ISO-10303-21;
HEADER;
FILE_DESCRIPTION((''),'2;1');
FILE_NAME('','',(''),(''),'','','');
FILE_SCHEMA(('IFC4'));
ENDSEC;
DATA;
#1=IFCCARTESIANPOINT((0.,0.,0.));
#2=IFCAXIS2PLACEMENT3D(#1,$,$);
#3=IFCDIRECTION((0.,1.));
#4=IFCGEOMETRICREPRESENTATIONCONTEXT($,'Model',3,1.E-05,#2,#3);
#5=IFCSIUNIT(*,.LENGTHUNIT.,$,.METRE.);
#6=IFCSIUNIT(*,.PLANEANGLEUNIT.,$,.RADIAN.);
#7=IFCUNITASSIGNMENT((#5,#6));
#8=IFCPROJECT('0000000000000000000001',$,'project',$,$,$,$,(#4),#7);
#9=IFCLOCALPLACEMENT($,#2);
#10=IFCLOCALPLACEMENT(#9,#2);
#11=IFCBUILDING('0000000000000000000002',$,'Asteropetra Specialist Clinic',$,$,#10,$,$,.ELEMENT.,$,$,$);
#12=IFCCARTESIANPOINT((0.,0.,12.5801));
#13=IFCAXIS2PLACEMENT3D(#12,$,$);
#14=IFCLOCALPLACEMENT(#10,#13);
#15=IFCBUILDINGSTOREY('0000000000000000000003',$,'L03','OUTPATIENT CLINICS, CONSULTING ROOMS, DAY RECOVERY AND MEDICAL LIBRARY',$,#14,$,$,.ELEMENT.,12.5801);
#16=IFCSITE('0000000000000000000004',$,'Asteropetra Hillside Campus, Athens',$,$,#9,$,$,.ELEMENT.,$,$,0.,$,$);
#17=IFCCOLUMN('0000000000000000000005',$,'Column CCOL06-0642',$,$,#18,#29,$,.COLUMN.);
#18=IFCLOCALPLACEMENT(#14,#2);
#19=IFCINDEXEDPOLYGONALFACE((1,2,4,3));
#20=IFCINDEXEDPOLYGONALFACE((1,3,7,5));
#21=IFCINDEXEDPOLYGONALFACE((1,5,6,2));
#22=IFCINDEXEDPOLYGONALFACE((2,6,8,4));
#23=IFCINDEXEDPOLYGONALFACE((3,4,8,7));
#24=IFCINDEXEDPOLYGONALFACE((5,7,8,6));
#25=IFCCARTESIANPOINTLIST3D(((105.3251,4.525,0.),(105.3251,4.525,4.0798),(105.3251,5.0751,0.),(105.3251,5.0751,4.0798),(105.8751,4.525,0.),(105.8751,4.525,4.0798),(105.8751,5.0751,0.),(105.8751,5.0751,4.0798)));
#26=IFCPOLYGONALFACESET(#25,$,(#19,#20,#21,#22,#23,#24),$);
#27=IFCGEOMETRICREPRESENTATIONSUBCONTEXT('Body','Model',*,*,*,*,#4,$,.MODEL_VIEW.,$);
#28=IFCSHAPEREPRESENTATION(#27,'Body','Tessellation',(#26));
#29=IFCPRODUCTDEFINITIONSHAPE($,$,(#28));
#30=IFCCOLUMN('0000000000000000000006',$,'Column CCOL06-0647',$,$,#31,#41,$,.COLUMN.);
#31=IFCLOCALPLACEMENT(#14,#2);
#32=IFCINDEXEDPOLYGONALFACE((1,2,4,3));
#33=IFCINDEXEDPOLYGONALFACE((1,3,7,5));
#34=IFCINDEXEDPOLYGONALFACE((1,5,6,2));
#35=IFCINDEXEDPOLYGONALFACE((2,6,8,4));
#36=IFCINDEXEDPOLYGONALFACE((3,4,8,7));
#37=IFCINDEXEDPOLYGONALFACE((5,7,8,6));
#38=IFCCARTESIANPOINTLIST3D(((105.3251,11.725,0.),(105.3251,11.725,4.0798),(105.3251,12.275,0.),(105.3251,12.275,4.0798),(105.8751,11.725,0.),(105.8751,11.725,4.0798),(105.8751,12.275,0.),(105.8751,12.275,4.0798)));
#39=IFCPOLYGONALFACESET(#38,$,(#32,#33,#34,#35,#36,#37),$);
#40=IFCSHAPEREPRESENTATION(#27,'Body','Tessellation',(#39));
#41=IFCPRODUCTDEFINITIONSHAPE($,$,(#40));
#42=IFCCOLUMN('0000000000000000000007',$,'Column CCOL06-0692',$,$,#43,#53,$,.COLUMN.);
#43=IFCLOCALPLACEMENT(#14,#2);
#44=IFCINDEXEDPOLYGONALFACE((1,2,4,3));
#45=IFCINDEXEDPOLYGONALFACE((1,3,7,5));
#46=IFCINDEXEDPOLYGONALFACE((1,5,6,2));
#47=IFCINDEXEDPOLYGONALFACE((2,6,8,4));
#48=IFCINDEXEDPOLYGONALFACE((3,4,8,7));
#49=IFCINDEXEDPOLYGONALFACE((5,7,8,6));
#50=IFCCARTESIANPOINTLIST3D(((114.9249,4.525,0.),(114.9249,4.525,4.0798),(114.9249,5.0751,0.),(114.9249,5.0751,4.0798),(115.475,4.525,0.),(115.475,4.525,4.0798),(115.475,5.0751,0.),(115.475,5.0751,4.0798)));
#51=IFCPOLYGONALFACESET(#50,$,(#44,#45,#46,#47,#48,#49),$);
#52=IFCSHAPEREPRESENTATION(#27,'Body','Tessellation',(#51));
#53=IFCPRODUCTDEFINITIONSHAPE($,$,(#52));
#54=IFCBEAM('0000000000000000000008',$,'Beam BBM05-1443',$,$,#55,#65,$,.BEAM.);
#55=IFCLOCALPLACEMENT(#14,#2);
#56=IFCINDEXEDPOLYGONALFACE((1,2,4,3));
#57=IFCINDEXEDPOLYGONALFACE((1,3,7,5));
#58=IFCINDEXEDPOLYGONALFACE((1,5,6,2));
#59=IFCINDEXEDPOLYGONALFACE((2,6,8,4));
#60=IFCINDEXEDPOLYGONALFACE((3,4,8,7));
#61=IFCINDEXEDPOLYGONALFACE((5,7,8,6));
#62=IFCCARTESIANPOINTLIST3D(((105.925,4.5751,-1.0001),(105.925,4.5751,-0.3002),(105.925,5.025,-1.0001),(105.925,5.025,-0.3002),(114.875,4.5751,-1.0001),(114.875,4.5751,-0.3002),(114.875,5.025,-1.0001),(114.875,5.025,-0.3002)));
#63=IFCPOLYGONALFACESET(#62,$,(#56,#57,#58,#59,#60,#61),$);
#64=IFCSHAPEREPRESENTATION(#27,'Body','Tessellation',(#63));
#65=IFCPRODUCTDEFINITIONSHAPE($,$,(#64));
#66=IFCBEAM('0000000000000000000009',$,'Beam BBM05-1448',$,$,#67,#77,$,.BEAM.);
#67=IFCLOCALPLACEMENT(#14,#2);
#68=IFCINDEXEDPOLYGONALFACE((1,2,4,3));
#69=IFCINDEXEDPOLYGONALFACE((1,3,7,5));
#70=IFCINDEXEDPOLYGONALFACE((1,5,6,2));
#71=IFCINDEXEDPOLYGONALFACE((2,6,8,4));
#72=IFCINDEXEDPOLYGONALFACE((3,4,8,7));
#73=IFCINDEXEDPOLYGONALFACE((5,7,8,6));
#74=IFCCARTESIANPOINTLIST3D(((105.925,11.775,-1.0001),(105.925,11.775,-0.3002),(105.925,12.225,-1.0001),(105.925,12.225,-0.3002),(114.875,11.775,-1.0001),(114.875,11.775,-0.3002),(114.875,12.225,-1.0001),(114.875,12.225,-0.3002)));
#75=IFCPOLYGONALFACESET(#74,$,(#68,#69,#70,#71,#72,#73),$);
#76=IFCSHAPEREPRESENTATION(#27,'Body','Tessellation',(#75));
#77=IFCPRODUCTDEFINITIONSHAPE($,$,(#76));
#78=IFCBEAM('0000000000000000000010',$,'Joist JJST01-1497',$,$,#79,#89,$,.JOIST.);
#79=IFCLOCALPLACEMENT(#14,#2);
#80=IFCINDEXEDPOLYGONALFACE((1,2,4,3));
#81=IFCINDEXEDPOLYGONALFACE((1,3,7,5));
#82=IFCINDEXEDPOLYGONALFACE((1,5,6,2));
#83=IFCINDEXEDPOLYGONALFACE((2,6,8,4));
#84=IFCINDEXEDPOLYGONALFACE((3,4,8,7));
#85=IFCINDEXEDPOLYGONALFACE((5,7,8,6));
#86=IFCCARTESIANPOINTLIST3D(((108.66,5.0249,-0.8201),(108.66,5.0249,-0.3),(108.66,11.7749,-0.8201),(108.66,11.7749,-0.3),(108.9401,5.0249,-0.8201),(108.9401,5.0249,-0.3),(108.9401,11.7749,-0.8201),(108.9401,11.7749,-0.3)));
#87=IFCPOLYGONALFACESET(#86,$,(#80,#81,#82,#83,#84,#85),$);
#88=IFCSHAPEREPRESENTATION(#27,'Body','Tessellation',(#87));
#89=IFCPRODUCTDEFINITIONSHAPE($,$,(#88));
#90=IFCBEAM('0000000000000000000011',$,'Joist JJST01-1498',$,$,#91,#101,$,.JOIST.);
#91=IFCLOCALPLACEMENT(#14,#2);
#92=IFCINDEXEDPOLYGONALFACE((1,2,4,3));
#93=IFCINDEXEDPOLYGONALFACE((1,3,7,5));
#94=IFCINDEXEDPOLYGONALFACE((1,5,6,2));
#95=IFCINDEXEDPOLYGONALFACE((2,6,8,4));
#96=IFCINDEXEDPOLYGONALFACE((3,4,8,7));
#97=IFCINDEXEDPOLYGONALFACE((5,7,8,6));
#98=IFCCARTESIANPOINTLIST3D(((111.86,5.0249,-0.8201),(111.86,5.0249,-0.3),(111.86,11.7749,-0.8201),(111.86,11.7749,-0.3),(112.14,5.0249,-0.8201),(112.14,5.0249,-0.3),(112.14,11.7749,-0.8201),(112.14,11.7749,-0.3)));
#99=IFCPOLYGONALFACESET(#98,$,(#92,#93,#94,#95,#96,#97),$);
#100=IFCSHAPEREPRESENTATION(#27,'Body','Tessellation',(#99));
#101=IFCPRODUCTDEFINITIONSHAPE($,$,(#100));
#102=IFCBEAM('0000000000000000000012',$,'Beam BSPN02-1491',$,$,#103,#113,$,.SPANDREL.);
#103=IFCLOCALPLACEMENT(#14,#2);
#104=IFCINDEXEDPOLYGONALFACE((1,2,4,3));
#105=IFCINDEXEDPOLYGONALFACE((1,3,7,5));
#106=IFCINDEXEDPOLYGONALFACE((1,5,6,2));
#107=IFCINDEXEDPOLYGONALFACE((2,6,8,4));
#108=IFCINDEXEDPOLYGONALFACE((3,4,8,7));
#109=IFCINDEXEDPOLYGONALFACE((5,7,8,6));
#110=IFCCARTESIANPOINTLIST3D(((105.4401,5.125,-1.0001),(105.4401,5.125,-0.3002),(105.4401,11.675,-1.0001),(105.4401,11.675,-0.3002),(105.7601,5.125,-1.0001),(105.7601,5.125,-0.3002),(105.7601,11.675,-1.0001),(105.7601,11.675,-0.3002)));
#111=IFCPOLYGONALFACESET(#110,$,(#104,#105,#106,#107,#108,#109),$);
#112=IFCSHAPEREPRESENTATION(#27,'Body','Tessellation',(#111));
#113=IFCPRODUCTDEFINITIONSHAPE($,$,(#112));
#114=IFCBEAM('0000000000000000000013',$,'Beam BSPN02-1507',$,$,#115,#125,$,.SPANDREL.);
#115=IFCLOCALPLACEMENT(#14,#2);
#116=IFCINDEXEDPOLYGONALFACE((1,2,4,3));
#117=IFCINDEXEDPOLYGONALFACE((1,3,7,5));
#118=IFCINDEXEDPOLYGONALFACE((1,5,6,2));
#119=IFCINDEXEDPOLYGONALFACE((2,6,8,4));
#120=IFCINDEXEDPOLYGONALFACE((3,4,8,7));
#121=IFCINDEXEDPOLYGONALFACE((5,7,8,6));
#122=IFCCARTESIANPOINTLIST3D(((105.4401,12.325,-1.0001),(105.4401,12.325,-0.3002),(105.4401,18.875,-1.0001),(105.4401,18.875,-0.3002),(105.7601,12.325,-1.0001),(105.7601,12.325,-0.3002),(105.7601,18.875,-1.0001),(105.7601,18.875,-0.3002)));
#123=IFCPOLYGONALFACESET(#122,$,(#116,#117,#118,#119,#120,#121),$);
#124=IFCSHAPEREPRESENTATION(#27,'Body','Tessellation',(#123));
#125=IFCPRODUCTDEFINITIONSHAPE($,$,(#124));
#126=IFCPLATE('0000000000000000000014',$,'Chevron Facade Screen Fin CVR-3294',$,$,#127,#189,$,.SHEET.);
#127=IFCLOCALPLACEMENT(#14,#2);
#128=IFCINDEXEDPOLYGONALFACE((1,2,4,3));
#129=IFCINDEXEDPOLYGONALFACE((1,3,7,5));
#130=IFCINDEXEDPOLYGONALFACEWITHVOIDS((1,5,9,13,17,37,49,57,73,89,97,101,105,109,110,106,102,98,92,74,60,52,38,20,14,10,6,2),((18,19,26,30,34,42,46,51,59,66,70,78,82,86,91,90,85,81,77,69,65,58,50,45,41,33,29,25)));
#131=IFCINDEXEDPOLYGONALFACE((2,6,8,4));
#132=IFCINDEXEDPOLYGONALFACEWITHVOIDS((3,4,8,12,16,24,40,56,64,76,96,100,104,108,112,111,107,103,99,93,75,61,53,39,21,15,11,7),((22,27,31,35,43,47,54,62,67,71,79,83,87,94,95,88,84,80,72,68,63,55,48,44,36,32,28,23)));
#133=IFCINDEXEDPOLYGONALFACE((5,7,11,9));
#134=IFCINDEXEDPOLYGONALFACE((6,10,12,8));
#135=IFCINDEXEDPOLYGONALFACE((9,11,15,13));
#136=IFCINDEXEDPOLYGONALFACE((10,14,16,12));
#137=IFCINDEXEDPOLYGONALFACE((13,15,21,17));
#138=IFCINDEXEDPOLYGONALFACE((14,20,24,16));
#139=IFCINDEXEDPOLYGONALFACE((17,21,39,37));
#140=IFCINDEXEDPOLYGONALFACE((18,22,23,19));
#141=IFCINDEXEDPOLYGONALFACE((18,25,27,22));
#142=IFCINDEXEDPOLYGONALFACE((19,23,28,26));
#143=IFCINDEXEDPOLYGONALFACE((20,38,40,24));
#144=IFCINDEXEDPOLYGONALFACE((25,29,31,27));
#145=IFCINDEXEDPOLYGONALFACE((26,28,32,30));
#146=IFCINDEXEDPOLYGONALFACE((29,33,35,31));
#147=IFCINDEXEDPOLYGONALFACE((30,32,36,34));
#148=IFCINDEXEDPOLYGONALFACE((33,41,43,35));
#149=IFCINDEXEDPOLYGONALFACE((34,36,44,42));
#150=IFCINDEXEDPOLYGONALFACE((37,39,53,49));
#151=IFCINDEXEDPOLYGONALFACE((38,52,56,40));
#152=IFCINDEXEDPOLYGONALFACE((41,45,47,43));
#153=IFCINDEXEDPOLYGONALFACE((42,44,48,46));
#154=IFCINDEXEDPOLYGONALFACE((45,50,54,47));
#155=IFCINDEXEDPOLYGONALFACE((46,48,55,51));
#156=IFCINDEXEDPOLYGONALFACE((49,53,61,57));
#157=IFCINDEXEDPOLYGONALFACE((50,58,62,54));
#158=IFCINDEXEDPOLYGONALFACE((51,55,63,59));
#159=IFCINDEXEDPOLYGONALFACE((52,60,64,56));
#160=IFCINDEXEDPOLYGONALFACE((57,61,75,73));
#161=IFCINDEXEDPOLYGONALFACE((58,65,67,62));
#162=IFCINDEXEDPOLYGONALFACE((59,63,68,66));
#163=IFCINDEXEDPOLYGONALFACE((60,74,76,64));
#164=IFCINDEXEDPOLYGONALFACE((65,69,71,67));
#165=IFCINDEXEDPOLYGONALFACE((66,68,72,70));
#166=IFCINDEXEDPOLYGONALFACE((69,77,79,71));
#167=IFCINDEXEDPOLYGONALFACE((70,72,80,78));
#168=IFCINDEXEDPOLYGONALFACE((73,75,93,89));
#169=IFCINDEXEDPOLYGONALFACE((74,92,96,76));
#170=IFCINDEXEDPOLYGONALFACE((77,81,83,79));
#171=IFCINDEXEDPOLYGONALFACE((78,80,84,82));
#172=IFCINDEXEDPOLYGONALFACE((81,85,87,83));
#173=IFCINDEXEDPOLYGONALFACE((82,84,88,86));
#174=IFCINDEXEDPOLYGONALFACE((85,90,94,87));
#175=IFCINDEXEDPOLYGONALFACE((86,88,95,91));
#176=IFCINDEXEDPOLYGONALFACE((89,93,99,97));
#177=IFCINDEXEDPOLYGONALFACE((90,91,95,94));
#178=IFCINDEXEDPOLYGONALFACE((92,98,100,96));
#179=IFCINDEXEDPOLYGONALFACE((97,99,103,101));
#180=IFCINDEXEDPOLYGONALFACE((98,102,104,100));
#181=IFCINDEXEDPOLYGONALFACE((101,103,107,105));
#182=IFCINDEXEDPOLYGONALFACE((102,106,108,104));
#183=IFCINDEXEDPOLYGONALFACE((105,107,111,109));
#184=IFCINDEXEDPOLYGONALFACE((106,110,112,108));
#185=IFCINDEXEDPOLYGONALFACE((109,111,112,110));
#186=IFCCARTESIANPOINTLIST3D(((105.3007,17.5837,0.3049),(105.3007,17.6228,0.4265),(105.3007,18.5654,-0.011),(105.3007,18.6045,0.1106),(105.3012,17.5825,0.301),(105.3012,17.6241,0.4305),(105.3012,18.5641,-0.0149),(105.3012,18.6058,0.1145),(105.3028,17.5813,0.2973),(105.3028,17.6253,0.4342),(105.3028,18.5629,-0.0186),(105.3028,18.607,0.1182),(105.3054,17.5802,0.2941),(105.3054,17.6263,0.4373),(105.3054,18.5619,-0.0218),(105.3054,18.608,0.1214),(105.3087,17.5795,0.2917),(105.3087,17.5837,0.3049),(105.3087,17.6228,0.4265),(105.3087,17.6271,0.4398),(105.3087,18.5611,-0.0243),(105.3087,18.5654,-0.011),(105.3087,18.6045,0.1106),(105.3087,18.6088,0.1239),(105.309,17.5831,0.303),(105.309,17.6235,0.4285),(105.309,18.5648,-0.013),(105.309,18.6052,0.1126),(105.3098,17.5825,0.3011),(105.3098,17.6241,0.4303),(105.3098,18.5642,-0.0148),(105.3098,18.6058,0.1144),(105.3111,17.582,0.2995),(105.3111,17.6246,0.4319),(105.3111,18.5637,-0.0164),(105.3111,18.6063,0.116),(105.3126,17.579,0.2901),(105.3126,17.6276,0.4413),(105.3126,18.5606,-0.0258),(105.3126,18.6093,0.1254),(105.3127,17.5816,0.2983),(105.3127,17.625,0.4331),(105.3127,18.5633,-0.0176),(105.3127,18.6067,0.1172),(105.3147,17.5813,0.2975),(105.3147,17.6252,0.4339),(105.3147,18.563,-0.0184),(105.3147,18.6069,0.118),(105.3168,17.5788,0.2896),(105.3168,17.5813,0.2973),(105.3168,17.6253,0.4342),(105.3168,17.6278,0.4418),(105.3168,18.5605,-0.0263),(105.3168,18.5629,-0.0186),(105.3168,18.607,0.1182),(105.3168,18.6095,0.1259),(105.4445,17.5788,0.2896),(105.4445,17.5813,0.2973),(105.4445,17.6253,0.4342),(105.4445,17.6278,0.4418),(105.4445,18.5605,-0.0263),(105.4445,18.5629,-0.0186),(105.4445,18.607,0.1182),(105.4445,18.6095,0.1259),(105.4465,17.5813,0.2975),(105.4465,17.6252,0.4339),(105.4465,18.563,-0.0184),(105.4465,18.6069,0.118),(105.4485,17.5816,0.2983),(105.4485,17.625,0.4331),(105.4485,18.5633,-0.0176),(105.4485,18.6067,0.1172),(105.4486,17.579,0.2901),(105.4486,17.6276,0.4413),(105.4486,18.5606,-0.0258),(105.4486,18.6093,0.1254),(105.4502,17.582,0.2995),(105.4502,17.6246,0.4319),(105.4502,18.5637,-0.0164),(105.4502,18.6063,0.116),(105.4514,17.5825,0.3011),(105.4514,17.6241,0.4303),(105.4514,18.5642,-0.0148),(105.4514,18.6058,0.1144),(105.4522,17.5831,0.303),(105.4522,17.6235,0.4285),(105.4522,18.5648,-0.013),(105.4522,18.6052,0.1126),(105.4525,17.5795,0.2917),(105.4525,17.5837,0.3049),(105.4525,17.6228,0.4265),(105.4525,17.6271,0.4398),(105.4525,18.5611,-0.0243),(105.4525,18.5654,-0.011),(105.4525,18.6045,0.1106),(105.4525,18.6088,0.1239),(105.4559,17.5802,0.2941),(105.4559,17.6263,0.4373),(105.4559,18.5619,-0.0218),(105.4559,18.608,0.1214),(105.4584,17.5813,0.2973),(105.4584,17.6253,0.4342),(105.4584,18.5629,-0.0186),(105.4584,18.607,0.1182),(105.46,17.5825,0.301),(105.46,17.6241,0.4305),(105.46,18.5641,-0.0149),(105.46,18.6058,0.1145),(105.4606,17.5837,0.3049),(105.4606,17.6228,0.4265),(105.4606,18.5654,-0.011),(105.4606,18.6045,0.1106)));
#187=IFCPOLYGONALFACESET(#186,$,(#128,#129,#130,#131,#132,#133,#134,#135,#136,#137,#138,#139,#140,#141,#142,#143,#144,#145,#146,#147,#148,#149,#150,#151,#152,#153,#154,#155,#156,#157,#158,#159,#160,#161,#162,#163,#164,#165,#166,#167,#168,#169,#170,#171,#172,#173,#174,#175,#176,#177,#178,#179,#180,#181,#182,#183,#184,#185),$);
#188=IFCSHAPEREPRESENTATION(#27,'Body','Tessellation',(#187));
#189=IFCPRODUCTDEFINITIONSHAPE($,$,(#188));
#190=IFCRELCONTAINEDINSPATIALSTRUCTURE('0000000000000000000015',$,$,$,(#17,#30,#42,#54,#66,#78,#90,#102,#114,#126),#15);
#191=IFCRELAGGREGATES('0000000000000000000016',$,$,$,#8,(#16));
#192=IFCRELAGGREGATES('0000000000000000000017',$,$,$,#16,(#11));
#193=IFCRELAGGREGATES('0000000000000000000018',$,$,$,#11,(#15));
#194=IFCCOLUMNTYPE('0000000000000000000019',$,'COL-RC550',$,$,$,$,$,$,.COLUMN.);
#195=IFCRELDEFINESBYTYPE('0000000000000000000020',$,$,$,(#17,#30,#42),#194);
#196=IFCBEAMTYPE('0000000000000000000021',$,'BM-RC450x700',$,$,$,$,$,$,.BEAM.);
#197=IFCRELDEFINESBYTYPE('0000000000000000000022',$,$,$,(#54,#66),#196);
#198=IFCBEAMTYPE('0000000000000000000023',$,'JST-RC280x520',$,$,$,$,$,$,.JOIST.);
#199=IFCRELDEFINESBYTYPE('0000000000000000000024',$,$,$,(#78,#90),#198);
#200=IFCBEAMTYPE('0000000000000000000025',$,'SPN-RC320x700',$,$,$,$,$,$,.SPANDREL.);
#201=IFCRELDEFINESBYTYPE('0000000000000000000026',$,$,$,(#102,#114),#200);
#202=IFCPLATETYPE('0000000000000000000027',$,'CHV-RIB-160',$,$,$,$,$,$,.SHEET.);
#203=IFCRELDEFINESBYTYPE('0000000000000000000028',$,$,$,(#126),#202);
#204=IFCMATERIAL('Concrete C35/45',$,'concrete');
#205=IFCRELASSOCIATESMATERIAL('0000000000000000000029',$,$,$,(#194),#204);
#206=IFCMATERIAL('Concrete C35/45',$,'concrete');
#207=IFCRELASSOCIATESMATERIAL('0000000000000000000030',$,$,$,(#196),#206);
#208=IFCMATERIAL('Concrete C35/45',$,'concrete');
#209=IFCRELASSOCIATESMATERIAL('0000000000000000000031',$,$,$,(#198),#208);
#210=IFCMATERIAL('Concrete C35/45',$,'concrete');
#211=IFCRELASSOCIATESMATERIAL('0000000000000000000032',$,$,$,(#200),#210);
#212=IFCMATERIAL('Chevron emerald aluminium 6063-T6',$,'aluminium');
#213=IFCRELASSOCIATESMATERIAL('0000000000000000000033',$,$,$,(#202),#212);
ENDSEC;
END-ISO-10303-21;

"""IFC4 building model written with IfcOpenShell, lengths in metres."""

from ifc_helpers import new_model, si_unit, direction, frame, origin, origin_2d, place, context, subcontext, project, spatial, rectangle, hollow_rectangle, extrude, material, material_profile, profile_set, type_object, element, save


model = new_model("IFC4")

# Units and contexts
model_context = context("Model", 3, precision=1e-05, world=origin(), true_north=direction((0.0, 1.0)))
body_context = subcontext(model_context, "Body", "Model", "MODEL_VIEW")
ifc_project = project(units=[si_unit("LENGTHUNIT", "METRE"), si_unit("PLANEANGLEUNIT", "RADIAN")], contexts=[model_context])

# Site, building, storey
site_placement = place(None, origin())
site = spatial("IfcSite", under=ifc_project, at=site_placement, Name="Asteropetra Hillside Campus, Athens", CompositionType="ELEMENT", RefElevation=0.0)
building_placement = place(site_placement, origin())
building = spatial("IfcBuilding", under=site, at=building_placement, Name="Asteropetra Specialist Clinic", CompositionType="ELEMENT")
storey_placement = place(building_placement, frame((0.0, 0.0, 12.5801)))
storey = spatial("IfcBuildingStorey", under=building, at=storey_placement, Name="L03", Description="OUTPATIENT CLINICS, CONSULTING ROOMS, DAY RECOVERY AND MEDICAL LIBRARY", CompositionType="ELEMENT", Elevation=12.5801)

# Columns
ifc_material_1 = material(Name="Concrete C35/45", Category="concrete")
ifc_material_profile_1 = material_profile(ifc_material_1, rectangle(XDim=0.55, YDim=0.55, at=origin_2d()), Name="RC 550x550")
ifc_profile_set_1 = profile_set([ifc_material_profile_1], Name="Concrete C35/45")
column_type = type_object("IfcColumnType", Name="COL-RC550", PredefinedType="COLUMN", material=ifc_profile_set_1)
for number, where, z_axis, x_axis, name in (
    (1, (105.6001, 4.8, 0.0), (0.0, 0.0, 1.0), (1.0, 0.0, 0.0), "Column CCOL06-0642"),
    (2, (105.6001, 12.0, 0.0), (0.0, 0.0, 1.0), (1.0, 0.0, 0.0), "Column CCOL06-0647"),
    (3, (115.2, 4.8, 0.0), (0.0, 0.0, 1.0), (1.0, 0.0, 0.0), "Column CCOL06-0692"),
):
    element("IfcColumn", number, at=place(storey_placement, frame(where, z_axis=z_axis, x_axis=x_axis)), inside=storey, type_object=column_type, Name=name, PredefinedType="COLUMN", context=body_context, shape_type="SweptSolid", body=[
        extrude(rectangle(XDim=0.55, YDim=0.55, at=origin_2d()), origin(), (0.0, 0.0, 1.0), 4.0798),
    ])

# Beams
ifc_material_2 = material(Name="Concrete C35/45", Category="concrete")
ifc_material_profile_2 = material_profile(ifc_material_2, rectangle(XDim=0.45, YDim=0.7, at=origin_2d()), Name="RCB 450x700")
ifc_profile_set_2 = profile_set([ifc_material_profile_2], Name="Concrete C35/45")
beam_type_1 = type_object("IfcBeamType", Name="BM-RC450x700", PredefinedType="BEAM", material=ifc_profile_set_2)
for number, where, z_axis, x_axis, name in (
    (4, (105.925, 4.8, -0.6501), (1.0, 0.0, 0.0), (0.0, 1.0, 0.0), "Beam BBM05-1443"),
    (5, (105.925, 12.0, -0.6501), (1.0, 0.0, 0.0), (0.0, 1.0, 0.0), "Beam BBM05-1448"),
):
    element("IfcBeam", number, at=place(storey_placement, frame(where, z_axis=z_axis, x_axis=x_axis)), inside=storey, type_object=beam_type_1, Name=name, PredefinedType="BEAM", context=body_context, shape_type="SweptSolid", body=[
        extrude(rectangle(XDim=0.45, YDim=0.7, at=origin_2d()), origin(), (0.0, 0.0, 1.0), 8.95),
    ])
ifc_material_3 = material(Name="Concrete C35/45", Category="concrete")
ifc_material_profile_3 = material_profile(ifc_material_3, rectangle(XDim=0.28, YDim=0.52, at=origin_2d()), Name="RCJ 280x520")
ifc_profile_set_3 = profile_set([ifc_material_profile_3], Name="Concrete C35/45")
beam_type_2 = type_object("IfcBeamType", Name="JST-RC280x520", PredefinedType="JOIST", material=ifc_profile_set_3)
for number, where, z_axis, x_axis, name in (
    (6, (108.8, 5.0249, -0.5601), (0.0, 1.0, 0.0), (-1.0, 0.0, 0.0), "Joist JJST01-1497"),
    (7, (112.0, 5.0249, -0.5601), (0.0, 1.0, 0.0), (-1.0, 0.0, 0.0), "Joist JJST01-1498"),
):
    element("IfcBeam", number, at=place(storey_placement, frame(where, z_axis=z_axis, x_axis=x_axis)), inside=storey, type_object=beam_type_2, Name=name, PredefinedType="JOIST", context=body_context, shape_type="SweptSolid", body=[
        extrude(rectangle(XDim=0.28, YDim=0.52, at=origin_2d()), origin(), (0.0, 0.0, 1.0), 6.75),
    ])
ifc_material_4 = material(Name="Concrete C35/45", Category="concrete")
ifc_material_profile_4 = material_profile(ifc_material_4, rectangle(XDim=0.3201, YDim=0.7, at=origin_2d()), Name="RCS 320x700")
ifc_profile_set_4 = profile_set([ifc_material_profile_4], Name="Concrete C35/45")
beam_type_3 = type_object("IfcBeamType", Name="SPN-RC320x700", PredefinedType="SPANDREL", material=ifc_profile_set_4)
for number, where, z_axis, x_axis, name in (
    (8, (105.6001, 5.125, -0.6501), (0.0, 1.0, 0.0), (-1.0, 0.0, 0.0), "Beam BSPN02-1491"),
    (9, (105.6001, 12.325, -0.6501), (0.0, 1.0, 0.0), (-1.0, 0.0, 0.0), "Beam BSPN02-1507"),
):
    element("IfcBeam", number, at=place(storey_placement, frame(where, z_axis=z_axis, x_axis=x_axis)), inside=storey, type_object=beam_type_3, Name=name, PredefinedType="SPANDREL", context=body_context, shape_type="SweptSolid", body=[
        extrude(rectangle(XDim=0.3201, YDim=0.7, at=origin_2d()), origin(), (0.0, 0.0, 1.0), 6.55),
    ])

# Plate
ifc_material_5 = material(Name="Chevron emerald aluminium 6063-T6", Category="aluminium")
ifc_material_profile_5 = material_profile(ifc_material_5, hollow_rectangle(XDim=0.1599, YDim=0.1599, WallThickness=0.0081, InnerFilletRadius=0.0081, OuterFilletRadius=0.0161, at=origin_2d()), Name="SHS 160x160x8.0")
ifc_profile_set_5 = profile_set([ifc_material_profile_5], Name="Chevron emerald aluminium 6063-T6")
plate_type = type_object("IfcPlateType", Name="CHV-RIB-160", PredefinedType="SHEET", material=ifc_profile_set_5)
for number, where, z_axis, x_axis, name in (
    (10, (105.3806, 18.585, 0.0498), (0.0, -0.951923, 0.306339), (1.0, 0.0, 0.0), "Chevron Facade Screen Fin CVR-3294"),
):
    element("IfcPlate", number, at=place(storey_placement, frame(where, z_axis=z_axis, x_axis=x_axis)), inside=storey, type_object=plate_type, Name=name, PredefinedType="SHEET", context=body_context, shape_type="SweptSolid", body=[
        extrude(hollow_rectangle(XDim=0.1599, YDim=0.1599, WallThickness=0.0081, InnerFilletRadius=0.0081, OuterFilletRadius=0.0161, at=origin_2d()), origin(), (0.0, 0.0, 1.0), 1.0312),
    ])

save(model, "model.ifc")
